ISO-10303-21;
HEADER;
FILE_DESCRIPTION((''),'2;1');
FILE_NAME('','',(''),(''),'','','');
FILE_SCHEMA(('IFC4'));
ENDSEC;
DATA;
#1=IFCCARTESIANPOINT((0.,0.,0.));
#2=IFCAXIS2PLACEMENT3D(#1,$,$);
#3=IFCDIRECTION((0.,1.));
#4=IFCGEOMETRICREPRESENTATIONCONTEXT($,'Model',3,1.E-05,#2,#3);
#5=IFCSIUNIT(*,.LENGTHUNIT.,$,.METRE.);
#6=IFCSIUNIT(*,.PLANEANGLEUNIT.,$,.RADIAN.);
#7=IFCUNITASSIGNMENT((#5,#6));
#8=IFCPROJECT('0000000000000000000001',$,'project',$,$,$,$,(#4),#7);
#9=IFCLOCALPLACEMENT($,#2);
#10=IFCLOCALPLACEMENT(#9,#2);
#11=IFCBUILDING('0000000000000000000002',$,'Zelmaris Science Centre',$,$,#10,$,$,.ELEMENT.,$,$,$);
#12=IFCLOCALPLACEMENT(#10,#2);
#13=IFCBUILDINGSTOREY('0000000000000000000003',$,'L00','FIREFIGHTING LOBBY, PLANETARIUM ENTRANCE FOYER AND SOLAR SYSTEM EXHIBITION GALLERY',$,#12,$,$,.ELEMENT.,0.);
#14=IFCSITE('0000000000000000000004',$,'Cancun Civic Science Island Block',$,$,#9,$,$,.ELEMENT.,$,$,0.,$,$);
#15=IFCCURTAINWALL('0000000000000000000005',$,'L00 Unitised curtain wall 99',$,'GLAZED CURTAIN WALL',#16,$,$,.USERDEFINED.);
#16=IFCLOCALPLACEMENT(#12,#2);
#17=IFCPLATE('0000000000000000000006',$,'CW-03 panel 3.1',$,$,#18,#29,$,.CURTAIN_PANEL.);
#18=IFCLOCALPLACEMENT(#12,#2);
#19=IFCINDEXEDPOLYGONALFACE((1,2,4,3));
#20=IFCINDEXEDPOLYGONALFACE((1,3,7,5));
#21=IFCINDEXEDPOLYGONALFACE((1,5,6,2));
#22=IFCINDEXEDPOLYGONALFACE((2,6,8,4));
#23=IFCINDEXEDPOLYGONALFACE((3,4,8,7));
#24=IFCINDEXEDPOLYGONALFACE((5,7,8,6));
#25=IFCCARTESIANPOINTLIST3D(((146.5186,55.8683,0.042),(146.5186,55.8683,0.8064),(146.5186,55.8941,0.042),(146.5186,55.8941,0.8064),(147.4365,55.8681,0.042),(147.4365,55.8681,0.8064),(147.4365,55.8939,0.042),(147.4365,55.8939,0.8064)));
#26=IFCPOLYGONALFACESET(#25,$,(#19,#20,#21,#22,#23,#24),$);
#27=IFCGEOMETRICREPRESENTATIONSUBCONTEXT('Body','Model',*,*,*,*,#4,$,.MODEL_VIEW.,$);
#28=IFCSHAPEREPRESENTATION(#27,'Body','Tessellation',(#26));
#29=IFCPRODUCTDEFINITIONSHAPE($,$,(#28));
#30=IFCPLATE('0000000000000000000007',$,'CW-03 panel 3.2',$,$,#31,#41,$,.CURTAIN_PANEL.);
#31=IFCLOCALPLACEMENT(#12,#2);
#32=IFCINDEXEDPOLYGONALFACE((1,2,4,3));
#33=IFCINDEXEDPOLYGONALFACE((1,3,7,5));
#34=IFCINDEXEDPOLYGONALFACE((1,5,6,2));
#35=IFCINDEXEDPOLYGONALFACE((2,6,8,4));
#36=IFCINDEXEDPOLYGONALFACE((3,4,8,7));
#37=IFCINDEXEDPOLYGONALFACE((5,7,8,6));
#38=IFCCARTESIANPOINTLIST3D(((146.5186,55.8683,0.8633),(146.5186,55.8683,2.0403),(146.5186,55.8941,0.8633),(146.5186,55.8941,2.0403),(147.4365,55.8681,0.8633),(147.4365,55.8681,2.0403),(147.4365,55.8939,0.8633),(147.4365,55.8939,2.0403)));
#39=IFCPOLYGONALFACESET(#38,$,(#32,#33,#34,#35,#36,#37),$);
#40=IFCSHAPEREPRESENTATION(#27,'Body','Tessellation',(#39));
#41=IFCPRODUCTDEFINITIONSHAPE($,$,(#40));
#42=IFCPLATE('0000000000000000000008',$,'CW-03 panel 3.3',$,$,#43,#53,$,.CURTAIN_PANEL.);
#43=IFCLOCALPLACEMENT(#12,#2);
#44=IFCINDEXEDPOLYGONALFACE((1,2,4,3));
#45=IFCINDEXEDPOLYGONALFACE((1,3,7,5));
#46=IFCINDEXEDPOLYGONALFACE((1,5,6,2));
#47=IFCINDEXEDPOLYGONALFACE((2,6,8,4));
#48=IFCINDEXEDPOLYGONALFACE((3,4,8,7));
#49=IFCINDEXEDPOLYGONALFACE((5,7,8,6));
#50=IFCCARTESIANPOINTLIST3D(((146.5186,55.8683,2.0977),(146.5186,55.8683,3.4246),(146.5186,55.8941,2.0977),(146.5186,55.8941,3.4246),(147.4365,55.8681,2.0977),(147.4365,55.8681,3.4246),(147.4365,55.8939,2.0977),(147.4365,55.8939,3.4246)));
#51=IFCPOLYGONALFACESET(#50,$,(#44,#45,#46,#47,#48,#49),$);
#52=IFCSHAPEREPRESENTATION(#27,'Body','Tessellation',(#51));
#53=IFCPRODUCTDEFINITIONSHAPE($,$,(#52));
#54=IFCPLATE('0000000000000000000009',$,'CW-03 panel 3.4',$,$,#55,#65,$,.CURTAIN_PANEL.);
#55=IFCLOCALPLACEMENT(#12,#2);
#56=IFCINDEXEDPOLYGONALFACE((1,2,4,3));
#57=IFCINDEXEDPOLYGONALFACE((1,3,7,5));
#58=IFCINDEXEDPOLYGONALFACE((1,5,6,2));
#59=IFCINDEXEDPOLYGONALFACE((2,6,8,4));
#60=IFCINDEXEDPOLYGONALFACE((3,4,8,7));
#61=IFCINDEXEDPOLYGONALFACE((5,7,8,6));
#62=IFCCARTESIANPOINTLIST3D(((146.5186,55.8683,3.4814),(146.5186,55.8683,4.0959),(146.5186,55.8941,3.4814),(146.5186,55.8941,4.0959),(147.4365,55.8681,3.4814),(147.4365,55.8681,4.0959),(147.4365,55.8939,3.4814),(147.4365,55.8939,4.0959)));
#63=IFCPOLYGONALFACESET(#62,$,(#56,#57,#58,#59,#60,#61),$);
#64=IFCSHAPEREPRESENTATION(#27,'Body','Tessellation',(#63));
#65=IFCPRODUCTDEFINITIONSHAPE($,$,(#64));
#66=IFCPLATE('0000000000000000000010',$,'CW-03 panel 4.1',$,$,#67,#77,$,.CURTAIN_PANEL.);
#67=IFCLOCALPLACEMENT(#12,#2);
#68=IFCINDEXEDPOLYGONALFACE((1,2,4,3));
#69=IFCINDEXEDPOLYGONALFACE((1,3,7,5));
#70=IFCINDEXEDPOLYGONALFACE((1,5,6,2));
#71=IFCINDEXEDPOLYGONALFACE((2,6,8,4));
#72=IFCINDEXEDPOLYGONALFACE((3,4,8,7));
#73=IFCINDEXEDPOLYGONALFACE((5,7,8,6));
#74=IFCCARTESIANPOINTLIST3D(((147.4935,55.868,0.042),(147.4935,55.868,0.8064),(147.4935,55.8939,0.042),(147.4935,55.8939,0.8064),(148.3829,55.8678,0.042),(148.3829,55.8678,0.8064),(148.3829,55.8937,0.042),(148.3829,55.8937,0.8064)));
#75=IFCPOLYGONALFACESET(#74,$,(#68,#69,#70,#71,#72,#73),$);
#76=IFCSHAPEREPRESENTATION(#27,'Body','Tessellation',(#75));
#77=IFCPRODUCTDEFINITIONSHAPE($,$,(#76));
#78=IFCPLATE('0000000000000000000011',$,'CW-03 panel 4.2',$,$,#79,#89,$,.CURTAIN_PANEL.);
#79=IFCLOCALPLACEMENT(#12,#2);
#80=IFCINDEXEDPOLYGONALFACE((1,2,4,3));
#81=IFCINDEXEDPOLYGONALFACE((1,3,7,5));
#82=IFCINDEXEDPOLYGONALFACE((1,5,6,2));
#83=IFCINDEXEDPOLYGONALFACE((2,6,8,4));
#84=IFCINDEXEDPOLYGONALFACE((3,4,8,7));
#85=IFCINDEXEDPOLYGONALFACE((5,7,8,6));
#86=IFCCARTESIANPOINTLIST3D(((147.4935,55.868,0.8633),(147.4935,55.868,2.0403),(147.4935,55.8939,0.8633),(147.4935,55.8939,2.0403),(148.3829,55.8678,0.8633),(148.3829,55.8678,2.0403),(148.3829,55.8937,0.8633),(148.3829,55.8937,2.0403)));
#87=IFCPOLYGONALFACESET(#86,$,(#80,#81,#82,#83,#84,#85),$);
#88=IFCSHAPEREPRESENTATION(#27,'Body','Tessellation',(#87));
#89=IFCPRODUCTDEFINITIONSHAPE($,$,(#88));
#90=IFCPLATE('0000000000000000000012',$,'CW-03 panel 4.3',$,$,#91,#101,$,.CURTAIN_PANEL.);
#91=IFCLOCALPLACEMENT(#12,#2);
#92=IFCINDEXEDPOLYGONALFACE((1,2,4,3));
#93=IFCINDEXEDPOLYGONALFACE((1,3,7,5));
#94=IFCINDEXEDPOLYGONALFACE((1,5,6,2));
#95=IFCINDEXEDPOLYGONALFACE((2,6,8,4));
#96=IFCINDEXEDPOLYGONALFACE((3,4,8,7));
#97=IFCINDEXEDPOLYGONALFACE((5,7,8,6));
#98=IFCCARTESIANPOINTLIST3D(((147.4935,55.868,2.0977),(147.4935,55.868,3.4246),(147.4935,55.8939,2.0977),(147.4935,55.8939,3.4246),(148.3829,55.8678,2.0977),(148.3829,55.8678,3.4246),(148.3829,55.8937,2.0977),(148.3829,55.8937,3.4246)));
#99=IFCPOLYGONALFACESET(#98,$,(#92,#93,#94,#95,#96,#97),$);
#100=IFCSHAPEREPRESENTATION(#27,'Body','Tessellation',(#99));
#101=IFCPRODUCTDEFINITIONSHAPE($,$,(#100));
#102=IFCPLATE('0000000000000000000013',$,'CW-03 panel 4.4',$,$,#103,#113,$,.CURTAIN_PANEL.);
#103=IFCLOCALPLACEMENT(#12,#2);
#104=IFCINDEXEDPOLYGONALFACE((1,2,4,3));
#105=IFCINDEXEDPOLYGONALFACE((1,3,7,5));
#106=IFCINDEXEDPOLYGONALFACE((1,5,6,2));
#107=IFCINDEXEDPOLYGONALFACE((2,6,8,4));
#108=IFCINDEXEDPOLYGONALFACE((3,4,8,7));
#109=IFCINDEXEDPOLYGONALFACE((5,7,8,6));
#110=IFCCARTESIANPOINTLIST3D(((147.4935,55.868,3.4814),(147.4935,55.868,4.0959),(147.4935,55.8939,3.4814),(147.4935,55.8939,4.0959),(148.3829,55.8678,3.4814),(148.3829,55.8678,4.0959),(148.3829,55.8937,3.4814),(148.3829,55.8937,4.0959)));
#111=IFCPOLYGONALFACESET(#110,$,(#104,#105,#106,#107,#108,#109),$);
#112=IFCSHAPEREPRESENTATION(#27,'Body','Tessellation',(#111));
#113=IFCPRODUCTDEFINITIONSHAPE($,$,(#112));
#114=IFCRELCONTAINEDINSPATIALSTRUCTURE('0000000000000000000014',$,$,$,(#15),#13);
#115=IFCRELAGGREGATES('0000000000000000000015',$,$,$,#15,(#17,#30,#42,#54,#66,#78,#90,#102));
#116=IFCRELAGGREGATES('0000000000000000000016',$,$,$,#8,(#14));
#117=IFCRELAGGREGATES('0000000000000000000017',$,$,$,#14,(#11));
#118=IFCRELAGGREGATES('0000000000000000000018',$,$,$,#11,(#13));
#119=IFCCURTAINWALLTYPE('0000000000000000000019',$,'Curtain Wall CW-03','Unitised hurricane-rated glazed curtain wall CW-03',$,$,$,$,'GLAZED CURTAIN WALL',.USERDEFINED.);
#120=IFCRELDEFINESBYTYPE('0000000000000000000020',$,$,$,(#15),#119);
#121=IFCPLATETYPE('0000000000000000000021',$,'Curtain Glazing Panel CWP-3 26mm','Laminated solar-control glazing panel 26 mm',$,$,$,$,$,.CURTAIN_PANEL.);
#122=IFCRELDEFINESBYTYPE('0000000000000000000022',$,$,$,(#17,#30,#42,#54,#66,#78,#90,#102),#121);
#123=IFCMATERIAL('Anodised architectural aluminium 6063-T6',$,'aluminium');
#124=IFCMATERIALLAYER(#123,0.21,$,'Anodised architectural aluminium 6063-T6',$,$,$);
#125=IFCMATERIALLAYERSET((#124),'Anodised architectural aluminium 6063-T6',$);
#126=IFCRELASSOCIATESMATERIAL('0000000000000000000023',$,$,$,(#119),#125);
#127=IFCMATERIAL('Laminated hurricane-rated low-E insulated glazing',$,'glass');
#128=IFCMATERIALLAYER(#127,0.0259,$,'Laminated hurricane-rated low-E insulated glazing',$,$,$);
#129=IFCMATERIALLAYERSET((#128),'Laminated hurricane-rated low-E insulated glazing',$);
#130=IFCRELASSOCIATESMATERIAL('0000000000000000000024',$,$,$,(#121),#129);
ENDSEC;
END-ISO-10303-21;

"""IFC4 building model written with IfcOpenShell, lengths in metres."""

from ifc_helpers import new_model, si_unit, direction, frame, origin, origin_2d, place, context, subcontext, project, spatial, rectangle, extrude, material, layer, layer_set, type_object, element, aggregate, save


model = new_model("IFC4")

# Units and contexts
model_context = context("Model", 3, precision=1e-05, world=origin(), true_north=direction((0.0, 1.0)))
body_context = subcontext(model_context, "Body", "Model", "MODEL_VIEW")
ifc_project = project(units=[si_unit("LENGTHUNIT", "METRE"), si_unit("PLANEANGLEUNIT", "RADIAN")], contexts=[model_context])

# Site, building, storey
site_placement = place(None, origin())
site = spatial("IfcSite", under=ifc_project, at=site_placement, Name="Cancun Civic Science Island Block", CompositionType="ELEMENT", RefElevation=0.0)
building_placement = place(site_placement, origin())
building = spatial("IfcBuilding", under=site, at=building_placement, Name="Zelmaris Science Centre", CompositionType="ELEMENT")
storey_placement = place(building_placement, origin())
storey = spatial("IfcBuildingStorey", under=building, at=storey_placement, Name="L00", Description="FIREFIGHTING LOBBY, PLANETARIUM ENTRANCE FOYER AND SOLAR SYSTEM EXHIBITION GALLERY", CompositionType="ELEMENT", Elevation=0.0)

# Curtain wall
ifc_material_1 = material(Name="Anodised architectural aluminium 6063-T6", Category="aluminium")
ifc_layer_1 = layer(ifc_material_1, 0.21, Name="Anodised architectural aluminium 6063-T6")
ifc_layer_set_1 = layer_set([ifc_layer_1], Name="Anodised architectural aluminium 6063-T6")
curtain_wall_type = type_object("IfcCurtainWallType", Name="Curtain Wall CW-03", Description="Unitised hurricane-rated glazed curtain wall CW-03", ElementType="GLAZED CURTAIN WALL", PredefinedType="USERDEFINED", material=ifc_layer_set_1)
curtain_wall_placement = place(storey_placement, origin())
curtain_wall = element("IfcCurtainWall", 1, at=curtain_wall_placement, inside=storey, type_object=curtain_wall_type, Name="L00 Unitised curtain wall 99", ObjectType="GLAZED CURTAIN WALL", PredefinedType="USERDEFINED")

# Plates
ifc_material_2 = material(Name="Laminated hurricane-rated low-E insulated glazing", Category="glass")
ifc_layer_2 = layer(ifc_material_2, 0.0259, Name="Laminated hurricane-rated low-E insulated glazing")
ifc_layer_set_2 = layer_set([ifc_layer_2], Name="Laminated hurricane-rated low-E insulated glazing")
plate_type = type_object("IfcPlateType", Name="Curtain Glazing Panel CWP-3 26mm", Description="Laminated solar-control glazing panel 26 mm", PredefinedType="CURTAIN_PANEL", material=ifc_layer_set_2)
plate_1_placement = place(storey_placement, frame((146.9775, 55.8811, 0.042), z_axis=(0.0, 0.0, 1.0), x_axis=(1.0, -0.000205, 0.0)))
plate_1 = element("IfcPlate", 2, at=plate_1_placement, type_object=plate_type, Name="CW-03 panel 3.1", PredefinedType="CURTAIN_PANEL", context=body_context, shape_type="SweptSolid", body=[
    extrude(rectangle(XDim=0.918, YDim=0.0259, at=origin_2d()), origin(), (0.0, 0.0, 1.0), 0.7644),
])
plate_2_placement = place(storey_placement, frame((146.9775, 55.8811, 0.8633), z_axis=(0.0, 0.0, 1.0), x_axis=(1.0, -0.000205, 0.0)))
plate_2 = element("IfcPlate", 3, at=plate_2_placement, type_object=plate_type, Name="CW-03 panel 3.2", PredefinedType="CURTAIN_PANEL", context=body_context, shape_type="SweptSolid", body=[
    extrude(rectangle(XDim=0.918, YDim=0.0259, at=origin_2d()), origin(), (0.0, 0.0, 1.0), 1.177),
])
plate_3_placement = place(storey_placement, frame((146.9775, 55.8811, 2.0977), z_axis=(0.0, 0.0, 1.0), x_axis=(1.0, -0.000205, 0.0)))
plate_3 = element("IfcPlate", 4, at=plate_3_placement, type_object=plate_type, Name="CW-03 panel 3.3", PredefinedType="CURTAIN_PANEL", context=body_context, shape_type="SweptSolid", body=[
    extrude(rectangle(XDim=0.918, YDim=0.0259, at=origin_2d()), origin(), (0.0, 0.0, 1.0), 1.3269),
])
plate_4_placement = place(storey_placement, frame((146.9775, 55.8811, 3.4814), z_axis=(0.0, 0.0, 1.0), x_axis=(1.0, -0.000205, 0.0)))
plate_4 = element("IfcPlate", 5, at=plate_4_placement, type_object=plate_type, Name="CW-03 panel 3.4", PredefinedType="CURTAIN_PANEL", context=body_context, shape_type="SweptSolid", body=[
    extrude(rectangle(XDim=0.918, YDim=0.0259, at=origin_2d()), origin(), (0.0, 0.0, 1.0), 0.6145),
])
plate_5_placement = place(storey_placement, frame((147.9382, 55.8809, 0.042), z_axis=(0.0, 0.0, 1.0), x_axis=(1.0, -0.000205, 0.0)))
plate_5 = element("IfcPlate", 6, at=plate_5_placement, type_object=plate_type, Name="CW-03 panel 4.1", PredefinedType="CURTAIN_PANEL", context=body_context, shape_type="SweptSolid", body=[
    extrude(rectangle(XDim=0.8894, YDim=0.0259, at=origin_2d()), origin(), (0.0, 0.0, 1.0), 0.7644),
])
plate_6_placement = place(storey_placement, frame((147.9382, 55.8809, 0.8633), z_axis=(0.0, 0.0, 1.0), x_axis=(1.0, -0.000205, 0.0)))
plate_6 = element("IfcPlate", 7, at=plate_6_placement, type_object=plate_type, Name="CW-03 panel 4.2", PredefinedType="CURTAIN_PANEL", context=body_context, shape_type="SweptSolid", body=[
    extrude(rectangle(XDim=0.8894, YDim=0.0259, at=origin_2d()), origin(), (0.0, 0.0, 1.0), 1.177),
])
plate_7_placement = place(storey_placement, frame((147.9382, 55.8809, 2.0977), z_axis=(0.0, 0.0, 1.0), x_axis=(1.0, -0.000205, 0.0)))
plate_7 = element("IfcPlate", 8, at=plate_7_placement, type_object=plate_type, Name="CW-03 panel 4.3", PredefinedType="CURTAIN_PANEL", context=body_context, shape_type="SweptSolid", body=[
    extrude(rectangle(XDim=0.8894, YDim=0.0259, at=origin_2d()), origin(), (0.0, 0.0, 1.0), 1.3269),
])
plate_8_placement = place(storey_placement, frame((147.9382, 55.8809, 3.4814), z_axis=(0.0, 0.0, 1.0), x_axis=(1.0, -0.000205, 0.0)))
plate_8 = element("IfcPlate", 9, at=plate_8_placement, type_object=plate_type, Name="CW-03 panel 4.4", PredefinedType="CURTAIN_PANEL", context=body_context, shape_type="SweptSolid", body=[
    extrude(rectangle(XDim=0.8894, YDim=0.0259, at=origin_2d()), origin(), (0.0, 0.0, 1.0), 0.6145),
])
aggregate(curtain_wall, [plate_1, plate_2, plate_3, plate_4, plate_5, plate_6, plate_7, plate_8])

save(model, "model.ifc")
